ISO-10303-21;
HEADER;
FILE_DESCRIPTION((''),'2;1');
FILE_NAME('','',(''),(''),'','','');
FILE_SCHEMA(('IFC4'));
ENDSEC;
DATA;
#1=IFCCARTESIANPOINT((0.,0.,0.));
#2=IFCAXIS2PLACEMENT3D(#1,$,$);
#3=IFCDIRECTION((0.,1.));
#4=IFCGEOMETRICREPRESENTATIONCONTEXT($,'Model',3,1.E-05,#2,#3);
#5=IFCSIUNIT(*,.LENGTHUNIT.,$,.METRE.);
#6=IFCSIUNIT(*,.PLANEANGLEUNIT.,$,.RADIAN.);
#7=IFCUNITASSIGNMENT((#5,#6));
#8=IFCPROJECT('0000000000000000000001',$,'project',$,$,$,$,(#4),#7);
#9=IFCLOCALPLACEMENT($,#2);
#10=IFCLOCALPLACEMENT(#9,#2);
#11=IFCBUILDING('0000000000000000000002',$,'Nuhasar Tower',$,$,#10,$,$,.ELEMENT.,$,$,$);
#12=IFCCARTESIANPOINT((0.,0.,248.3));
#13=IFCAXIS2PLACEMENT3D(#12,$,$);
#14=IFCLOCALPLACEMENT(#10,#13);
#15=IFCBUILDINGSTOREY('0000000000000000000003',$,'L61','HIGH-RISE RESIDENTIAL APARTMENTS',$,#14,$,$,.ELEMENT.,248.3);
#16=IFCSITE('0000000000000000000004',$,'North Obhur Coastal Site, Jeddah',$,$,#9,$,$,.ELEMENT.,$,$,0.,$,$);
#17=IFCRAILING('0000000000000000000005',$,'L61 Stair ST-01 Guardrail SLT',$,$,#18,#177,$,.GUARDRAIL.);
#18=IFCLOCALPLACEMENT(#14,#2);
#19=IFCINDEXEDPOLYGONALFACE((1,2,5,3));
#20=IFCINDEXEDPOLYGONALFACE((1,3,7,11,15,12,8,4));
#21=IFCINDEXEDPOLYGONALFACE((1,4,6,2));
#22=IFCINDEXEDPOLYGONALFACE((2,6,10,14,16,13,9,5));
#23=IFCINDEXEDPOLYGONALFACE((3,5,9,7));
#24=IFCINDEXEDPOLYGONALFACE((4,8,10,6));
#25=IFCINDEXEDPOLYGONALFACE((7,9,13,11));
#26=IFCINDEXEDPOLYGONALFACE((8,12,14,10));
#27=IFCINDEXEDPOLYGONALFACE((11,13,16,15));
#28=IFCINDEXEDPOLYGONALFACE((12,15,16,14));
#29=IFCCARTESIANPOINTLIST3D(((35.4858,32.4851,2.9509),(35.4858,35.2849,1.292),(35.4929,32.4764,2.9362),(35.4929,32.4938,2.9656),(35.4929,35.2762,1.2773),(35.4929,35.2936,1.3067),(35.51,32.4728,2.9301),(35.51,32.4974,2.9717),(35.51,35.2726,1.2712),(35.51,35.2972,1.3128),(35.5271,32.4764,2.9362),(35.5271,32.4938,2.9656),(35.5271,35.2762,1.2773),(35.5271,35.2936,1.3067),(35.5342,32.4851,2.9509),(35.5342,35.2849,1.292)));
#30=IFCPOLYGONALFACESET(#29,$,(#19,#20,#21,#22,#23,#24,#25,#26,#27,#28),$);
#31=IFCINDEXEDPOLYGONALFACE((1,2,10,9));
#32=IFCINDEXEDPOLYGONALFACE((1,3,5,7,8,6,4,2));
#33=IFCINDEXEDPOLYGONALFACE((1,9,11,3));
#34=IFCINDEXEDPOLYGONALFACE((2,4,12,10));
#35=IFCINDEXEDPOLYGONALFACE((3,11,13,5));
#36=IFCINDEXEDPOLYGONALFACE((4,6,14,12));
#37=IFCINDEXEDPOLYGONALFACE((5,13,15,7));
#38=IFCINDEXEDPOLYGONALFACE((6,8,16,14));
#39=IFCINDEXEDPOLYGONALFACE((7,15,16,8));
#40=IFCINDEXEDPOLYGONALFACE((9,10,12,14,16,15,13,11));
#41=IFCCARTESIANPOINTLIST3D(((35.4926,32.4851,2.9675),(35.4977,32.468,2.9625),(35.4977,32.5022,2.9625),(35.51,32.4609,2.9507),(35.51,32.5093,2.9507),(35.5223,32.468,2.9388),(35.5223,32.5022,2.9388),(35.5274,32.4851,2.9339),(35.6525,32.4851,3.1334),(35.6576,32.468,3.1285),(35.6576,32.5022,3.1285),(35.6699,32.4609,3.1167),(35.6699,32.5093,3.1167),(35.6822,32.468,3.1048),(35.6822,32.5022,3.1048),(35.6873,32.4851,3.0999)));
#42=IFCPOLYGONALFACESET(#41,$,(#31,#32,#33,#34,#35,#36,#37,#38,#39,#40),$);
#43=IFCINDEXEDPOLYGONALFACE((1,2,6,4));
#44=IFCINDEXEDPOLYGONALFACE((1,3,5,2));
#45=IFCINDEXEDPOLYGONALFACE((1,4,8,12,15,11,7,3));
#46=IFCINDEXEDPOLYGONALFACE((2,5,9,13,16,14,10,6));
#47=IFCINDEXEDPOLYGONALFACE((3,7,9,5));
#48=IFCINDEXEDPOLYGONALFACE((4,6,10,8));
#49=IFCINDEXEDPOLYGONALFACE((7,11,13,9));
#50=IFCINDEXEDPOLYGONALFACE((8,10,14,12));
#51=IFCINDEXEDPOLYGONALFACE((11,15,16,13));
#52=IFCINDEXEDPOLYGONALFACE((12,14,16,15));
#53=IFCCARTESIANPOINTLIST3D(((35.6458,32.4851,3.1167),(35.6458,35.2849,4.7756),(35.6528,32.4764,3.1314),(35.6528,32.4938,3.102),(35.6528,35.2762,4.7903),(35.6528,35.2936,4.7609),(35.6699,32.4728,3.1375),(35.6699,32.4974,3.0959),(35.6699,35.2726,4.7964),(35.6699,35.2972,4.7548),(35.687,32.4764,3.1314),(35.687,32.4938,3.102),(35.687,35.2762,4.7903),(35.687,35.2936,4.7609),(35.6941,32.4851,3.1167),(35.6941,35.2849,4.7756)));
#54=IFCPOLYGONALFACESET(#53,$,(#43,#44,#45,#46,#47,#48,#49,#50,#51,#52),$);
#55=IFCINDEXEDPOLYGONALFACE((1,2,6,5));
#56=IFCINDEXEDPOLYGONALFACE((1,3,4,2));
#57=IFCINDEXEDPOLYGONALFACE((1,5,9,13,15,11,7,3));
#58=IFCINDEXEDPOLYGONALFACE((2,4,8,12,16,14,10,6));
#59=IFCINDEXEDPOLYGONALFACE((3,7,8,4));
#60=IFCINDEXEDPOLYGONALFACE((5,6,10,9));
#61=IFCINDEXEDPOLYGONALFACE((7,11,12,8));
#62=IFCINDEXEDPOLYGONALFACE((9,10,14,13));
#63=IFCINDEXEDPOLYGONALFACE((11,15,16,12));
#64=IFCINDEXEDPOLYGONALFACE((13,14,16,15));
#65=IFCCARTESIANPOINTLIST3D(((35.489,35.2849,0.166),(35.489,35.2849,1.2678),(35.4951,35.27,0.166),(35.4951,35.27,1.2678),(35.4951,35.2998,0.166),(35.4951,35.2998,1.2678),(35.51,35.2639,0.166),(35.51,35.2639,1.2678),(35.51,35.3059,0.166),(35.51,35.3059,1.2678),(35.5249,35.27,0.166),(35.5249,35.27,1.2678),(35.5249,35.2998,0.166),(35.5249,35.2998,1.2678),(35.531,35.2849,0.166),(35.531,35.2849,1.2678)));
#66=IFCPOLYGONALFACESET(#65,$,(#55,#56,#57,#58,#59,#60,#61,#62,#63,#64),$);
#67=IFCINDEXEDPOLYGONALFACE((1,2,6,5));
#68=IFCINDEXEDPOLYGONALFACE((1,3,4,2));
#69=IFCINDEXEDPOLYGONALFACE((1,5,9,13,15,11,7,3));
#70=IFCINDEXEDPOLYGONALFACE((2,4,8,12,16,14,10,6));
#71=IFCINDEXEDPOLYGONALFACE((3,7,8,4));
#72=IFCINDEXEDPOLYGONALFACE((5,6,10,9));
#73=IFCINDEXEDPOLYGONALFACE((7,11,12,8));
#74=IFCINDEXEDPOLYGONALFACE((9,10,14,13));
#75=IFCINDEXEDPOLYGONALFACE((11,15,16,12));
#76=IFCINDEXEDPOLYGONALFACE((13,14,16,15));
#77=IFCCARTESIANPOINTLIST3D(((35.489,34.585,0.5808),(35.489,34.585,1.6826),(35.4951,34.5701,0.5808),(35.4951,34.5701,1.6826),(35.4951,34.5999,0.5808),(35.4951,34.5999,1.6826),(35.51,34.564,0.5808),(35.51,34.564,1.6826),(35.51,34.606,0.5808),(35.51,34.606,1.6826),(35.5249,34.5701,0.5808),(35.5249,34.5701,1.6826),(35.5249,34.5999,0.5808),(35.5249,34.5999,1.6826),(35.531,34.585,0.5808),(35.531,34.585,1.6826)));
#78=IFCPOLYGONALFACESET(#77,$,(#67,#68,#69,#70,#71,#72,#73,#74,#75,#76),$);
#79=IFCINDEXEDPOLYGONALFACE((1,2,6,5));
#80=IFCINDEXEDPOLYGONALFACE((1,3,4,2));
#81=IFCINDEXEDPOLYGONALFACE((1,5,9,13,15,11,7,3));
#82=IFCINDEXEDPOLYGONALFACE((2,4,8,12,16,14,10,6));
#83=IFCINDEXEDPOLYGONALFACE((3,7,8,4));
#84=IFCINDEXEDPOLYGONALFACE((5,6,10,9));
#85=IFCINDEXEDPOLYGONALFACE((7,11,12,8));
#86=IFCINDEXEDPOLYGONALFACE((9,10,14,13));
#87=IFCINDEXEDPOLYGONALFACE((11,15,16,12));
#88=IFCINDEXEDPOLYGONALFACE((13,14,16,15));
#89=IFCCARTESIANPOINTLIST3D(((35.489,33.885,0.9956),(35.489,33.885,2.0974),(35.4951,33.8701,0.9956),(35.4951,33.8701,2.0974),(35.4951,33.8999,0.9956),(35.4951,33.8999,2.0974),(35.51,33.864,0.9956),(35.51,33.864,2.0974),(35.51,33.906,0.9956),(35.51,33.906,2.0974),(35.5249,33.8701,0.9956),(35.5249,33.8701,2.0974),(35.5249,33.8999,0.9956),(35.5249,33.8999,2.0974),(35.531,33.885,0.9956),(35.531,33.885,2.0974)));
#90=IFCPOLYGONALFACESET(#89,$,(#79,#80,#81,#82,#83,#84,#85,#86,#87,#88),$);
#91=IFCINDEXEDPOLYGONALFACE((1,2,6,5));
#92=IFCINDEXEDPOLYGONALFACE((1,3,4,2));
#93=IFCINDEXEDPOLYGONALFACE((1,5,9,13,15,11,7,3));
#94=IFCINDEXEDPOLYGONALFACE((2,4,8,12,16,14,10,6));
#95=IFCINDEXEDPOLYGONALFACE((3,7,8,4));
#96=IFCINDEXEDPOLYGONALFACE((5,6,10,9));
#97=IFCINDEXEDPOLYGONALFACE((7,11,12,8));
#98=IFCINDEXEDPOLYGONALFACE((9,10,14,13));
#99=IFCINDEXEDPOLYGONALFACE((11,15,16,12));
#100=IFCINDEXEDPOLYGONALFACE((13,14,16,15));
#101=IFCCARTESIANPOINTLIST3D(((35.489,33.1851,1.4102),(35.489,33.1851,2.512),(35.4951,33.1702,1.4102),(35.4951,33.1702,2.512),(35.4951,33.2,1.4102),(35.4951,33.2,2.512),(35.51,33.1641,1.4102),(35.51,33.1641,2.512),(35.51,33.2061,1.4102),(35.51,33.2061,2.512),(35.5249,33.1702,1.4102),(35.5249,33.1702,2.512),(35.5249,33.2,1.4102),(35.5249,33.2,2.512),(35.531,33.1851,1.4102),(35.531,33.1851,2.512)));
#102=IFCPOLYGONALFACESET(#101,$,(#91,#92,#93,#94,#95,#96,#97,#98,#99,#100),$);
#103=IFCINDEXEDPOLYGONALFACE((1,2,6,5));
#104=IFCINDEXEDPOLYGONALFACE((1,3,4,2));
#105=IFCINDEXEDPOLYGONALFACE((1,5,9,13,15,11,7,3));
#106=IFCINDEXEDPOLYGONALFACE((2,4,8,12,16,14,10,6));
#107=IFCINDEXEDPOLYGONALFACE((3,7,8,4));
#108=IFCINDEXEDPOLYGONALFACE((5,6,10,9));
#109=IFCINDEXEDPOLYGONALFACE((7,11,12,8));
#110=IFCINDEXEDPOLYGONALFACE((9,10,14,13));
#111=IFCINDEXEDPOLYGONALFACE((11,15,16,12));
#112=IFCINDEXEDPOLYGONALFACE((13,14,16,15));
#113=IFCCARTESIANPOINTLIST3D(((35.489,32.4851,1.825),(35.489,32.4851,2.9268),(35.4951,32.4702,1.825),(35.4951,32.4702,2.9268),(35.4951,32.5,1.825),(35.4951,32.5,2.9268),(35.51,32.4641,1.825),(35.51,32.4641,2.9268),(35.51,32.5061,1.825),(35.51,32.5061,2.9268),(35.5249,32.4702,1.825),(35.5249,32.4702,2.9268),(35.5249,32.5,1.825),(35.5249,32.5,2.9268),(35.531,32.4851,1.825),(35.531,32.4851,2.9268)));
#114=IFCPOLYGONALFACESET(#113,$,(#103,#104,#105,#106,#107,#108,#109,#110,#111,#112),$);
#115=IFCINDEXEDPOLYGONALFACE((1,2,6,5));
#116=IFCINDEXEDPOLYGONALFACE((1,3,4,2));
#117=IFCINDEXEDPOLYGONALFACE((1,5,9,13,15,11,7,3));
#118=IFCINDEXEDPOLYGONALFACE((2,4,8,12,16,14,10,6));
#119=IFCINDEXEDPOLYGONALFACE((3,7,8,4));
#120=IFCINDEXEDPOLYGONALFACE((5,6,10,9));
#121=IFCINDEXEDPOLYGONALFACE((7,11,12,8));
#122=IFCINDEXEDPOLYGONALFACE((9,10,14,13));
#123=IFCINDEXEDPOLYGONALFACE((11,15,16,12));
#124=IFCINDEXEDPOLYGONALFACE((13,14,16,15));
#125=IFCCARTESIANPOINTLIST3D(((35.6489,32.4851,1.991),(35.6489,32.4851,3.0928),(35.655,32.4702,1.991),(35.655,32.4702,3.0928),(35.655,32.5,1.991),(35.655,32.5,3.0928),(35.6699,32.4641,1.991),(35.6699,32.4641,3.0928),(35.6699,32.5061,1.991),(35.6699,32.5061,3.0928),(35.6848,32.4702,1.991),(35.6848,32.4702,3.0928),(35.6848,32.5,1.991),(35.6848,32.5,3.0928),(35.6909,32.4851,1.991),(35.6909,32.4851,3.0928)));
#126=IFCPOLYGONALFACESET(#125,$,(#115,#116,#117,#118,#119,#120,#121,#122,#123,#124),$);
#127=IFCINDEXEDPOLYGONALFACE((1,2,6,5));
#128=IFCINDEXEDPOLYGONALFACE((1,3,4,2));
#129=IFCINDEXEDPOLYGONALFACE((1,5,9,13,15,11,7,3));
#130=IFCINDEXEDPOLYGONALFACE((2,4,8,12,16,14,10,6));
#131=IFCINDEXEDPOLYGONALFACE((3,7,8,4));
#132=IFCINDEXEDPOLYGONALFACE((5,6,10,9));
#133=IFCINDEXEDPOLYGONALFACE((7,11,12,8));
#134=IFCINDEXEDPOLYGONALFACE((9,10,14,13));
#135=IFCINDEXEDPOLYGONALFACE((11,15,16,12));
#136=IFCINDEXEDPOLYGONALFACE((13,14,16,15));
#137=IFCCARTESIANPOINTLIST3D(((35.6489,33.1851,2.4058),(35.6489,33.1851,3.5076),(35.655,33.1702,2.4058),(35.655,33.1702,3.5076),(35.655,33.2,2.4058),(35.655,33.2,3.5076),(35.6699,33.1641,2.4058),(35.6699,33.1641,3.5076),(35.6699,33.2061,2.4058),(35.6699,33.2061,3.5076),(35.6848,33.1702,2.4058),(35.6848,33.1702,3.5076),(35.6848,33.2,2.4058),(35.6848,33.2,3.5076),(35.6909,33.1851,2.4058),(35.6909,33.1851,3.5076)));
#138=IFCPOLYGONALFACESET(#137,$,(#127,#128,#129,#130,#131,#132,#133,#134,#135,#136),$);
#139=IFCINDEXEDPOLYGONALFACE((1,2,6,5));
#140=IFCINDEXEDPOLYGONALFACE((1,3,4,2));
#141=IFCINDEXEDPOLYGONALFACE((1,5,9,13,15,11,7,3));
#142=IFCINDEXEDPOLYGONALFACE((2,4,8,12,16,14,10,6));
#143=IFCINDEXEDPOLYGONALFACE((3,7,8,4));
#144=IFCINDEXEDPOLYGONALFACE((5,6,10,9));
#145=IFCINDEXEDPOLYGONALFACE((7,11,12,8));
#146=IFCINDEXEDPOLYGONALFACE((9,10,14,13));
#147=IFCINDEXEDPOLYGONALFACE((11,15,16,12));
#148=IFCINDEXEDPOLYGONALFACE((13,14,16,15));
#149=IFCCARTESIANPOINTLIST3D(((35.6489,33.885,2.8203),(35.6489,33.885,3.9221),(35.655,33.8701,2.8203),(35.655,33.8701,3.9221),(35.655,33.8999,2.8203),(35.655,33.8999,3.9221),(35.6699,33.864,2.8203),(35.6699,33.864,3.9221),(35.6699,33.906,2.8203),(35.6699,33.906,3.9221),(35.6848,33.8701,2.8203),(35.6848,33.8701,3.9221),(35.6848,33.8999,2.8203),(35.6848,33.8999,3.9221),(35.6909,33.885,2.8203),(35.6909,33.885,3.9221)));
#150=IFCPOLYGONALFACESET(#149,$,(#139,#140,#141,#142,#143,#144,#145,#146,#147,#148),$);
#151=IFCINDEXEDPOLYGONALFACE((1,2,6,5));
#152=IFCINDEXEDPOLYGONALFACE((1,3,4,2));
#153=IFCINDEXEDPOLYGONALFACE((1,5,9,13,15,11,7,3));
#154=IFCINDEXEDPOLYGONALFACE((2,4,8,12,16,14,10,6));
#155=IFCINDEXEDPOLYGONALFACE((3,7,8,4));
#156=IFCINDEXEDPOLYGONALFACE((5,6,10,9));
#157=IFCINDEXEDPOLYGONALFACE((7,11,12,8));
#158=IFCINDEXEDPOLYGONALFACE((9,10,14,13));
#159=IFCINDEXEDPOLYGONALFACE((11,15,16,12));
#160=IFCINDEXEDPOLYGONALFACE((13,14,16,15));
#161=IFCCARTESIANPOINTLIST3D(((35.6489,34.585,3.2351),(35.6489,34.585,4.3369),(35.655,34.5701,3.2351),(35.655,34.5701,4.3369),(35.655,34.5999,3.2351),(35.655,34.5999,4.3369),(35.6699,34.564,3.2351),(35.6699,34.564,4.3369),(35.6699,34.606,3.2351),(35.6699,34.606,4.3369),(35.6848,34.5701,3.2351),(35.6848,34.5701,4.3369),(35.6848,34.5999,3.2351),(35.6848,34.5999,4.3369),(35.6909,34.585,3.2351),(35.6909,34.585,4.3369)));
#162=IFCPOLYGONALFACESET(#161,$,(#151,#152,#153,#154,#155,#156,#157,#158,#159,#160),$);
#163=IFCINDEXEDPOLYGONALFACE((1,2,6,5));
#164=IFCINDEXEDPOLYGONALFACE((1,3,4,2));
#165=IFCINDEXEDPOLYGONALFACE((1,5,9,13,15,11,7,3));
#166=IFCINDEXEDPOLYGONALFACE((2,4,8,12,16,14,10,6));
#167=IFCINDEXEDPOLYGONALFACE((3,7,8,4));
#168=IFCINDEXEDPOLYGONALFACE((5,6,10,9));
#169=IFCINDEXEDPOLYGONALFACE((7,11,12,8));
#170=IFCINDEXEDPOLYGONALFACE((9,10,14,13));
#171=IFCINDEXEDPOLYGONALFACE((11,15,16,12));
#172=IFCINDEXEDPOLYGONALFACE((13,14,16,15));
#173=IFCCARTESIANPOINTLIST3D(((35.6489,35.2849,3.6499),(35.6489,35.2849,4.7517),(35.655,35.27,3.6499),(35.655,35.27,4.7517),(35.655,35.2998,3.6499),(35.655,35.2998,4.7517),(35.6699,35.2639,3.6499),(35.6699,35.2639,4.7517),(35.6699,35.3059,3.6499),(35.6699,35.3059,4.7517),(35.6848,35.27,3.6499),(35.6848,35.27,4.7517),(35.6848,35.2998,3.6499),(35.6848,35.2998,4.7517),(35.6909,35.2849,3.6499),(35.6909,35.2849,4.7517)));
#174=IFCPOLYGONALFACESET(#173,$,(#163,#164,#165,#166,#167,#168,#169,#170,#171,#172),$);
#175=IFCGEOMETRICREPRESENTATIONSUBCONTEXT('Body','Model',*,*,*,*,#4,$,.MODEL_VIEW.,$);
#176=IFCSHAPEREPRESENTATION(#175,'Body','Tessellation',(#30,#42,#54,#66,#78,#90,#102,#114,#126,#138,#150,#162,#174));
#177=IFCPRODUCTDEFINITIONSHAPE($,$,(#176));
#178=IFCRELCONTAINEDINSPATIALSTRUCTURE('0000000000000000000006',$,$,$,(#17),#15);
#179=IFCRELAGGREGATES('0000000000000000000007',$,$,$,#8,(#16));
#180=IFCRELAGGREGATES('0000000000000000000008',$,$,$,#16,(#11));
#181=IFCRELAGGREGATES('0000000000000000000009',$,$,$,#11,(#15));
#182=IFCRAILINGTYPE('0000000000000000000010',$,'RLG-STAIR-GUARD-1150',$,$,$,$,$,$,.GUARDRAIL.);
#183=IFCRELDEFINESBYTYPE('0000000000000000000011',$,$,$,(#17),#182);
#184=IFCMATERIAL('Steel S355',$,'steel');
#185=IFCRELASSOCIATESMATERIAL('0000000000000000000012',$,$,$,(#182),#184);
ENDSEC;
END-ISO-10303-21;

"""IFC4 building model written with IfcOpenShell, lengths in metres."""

from ifc_helpers import new_model, si_unit, direction, frame, origin, place, context, subcontext, project, spatial, polyline, outline, extrude, material, type_object, element, save


model = new_model("IFC4")

# Units and contexts
model_context = context("Model", 3, precision=1e-05, world=origin(), true_north=direction((0.0, 1.0)))
body_context = subcontext(model_context, "Body", "Model", "MODEL_VIEW")
ifc_project = project(units=[si_unit("LENGTHUNIT", "METRE"), si_unit("PLANEANGLEUNIT", "RADIAN")], contexts=[model_context])

# Site, building, storey
site_placement = place(None, origin())
site = spatial("IfcSite", under=ifc_project, at=site_placement, Name="North Obhur Coastal Site, Jeddah", CompositionType="ELEMENT", RefElevation=0.0)
building_placement = place(site_placement, origin())
building = spatial("IfcBuilding", under=site, at=building_placement, Name="Nuhasar Tower", CompositionType="ELEMENT")
storey_placement = place(building_placement, frame((0.0, 0.0, 248.3)))
storey = spatial("IfcBuildingStorey", under=building, at=storey_placement, Name="L61", Description="HIGH-RISE RESIDENTIAL APARTMENTS", CompositionType="ELEMENT", Elevation=248.3)

# Shared definitions
ifc_material_1 = material(Name="Steel S355", Category="steel")

# Railing
railing_type_1 = type_object("IfcRailingType", Name="RLG-STAIR-GUARD-1150", PredefinedType="GUARDRAIL", material=ifc_material_1)
railing_1_placement = place(storey_placement, frame((35.51, 35.2849, 0.166)))
element("IfcRailing", 1, at=railing_1_placement, inside=storey, type_object=railing_type_1, Name="L61 Stair ST-01 Guardrail SLT", PredefinedType="GUARDRAIL", context=body_context, shape_type="SweptSolid", body=[
    extrude(outline(polyline([(0.0242, 0.0), (0.0171, 0.0171), (0.0, 0.0242), (-0.0171, 0.0171), (-0.0242, 0.0), (-0.0171, -0.0171), (0.0, -0.0242), (0.0171, -0.0171), (0.0242, 0.0)])), frame((0.0, 0.0, 1.126), z_axis=(0.0, -0.86032, 0.509755), x_axis=(1.0, 0.0, 0.0)), (0.0, 0.0, 1.0), 3.2544),
    extrude(outline(polyline([(0.0242, 0.0), (0.0171, 0.0171), (0.0, 0.0242), (-0.0171, 0.0171), (-0.0242, 0.0), (-0.0171, -0.0171), (0.0, -0.0242), (0.0171, -0.0171), (0.0242, 0.0)])), frame((0.0, -2.7998, 2.7847), z_axis=(0.693743, 0.0, 0.720222), x_axis=(0.0, 1.0, 0.0)), (0.0, 0.0, 1.0), 0.2305),
    extrude(outline(polyline([(0.0242, 0.0), (0.0171, 0.0171), (0.0, 0.0242), (-0.0171, 0.0171), (-0.0242, 0.0), (-0.0171, -0.0171), (0.0, -0.0242), (0.0171, -0.0171), (0.0242, 0.0)])), frame((0.1599, -2.7998, 2.9507), z_axis=(0.0, 0.86032, 0.509755), x_axis=(-1.0, 0.0, 0.0)), (0.0, 0.0, 1.0), 3.2544),
    extrude(outline(polyline([(0.021, 0.0), (0.0149, 0.0149), (0.0, 0.021), (-0.0149, 0.0149), (-0.021, 0.0), (-0.0149, -0.0149), (0.0, -0.021), (0.0149, -0.0149), (0.021, 0.0)])), origin(), (0.0, 0.0, 1.0), 1.1018),
    extrude(outline(polyline([(0.021, 0.0), (0.0149, 0.0149), (0.0, 0.021), (-0.0149, 0.0149), (-0.021, 0.0), (-0.0149, -0.0149), (0.0, -0.021), (0.0149, -0.0149), (0.021, 0.0)])), frame((0.0, -0.7, 0.4148)), (0.0, 0.0, 1.0), 1.1018),
    extrude(outline(polyline([(0.021, 0.0), (0.0149, 0.0149), (0.0, 0.021), (-0.0149, 0.0149), (-0.021, 0.0), (-0.0149, -0.0149), (0.0, -0.021), (0.0149, -0.0149), (0.021, 0.0)])), frame((0.0, -1.3999, 0.8296)), (0.0, 0.0, 1.0), 1.1018),
    extrude(outline(polyline([(0.021, 0.0), (0.0149, 0.0149), (0.0, 0.021), (-0.0149, 0.0149), (-0.021, 0.0), (-0.0149, -0.0149), (0.0, -0.021), (0.0149, -0.0149), (0.021, 0.0)])), frame((0.0, -2.0999, 1.2441)), (0.0, 0.0, 1.0), 1.1018),
    extrude(outline(polyline([(0.021, 0.0), (0.0149, 0.0149), (0.0, 0.021), (-0.0149, 0.0149), (-0.021, 0.0), (-0.0149, -0.0149), (0.0, -0.021), (0.0149, -0.0149), (0.021, 0.0)])), frame((0.0, -2.7998, 1.6589)), (0.0, 0.0, 1.0), 1.1018),
    extrude(outline(polyline([(0.021, 0.0), (0.0149, 0.0149), (0.0, 0.021), (-0.0149, 0.0149), (-0.021, 0.0), (-0.0149, -0.0149), (0.0, -0.021), (0.0149, -0.0149), (0.021, 0.0)])), frame((0.1599, -2.7998, 1.825)), (0.0, 0.0, 1.0), 1.1018),
    extrude(outline(polyline([(0.021, 0.0), (0.0149, 0.0149), (0.0, 0.021), (-0.0149, 0.0149), (-0.021, 0.0), (-0.0149, -0.0149), (0.0, -0.021), (0.0149, -0.0149), (0.021, 0.0)])), frame((0.1599, -2.0999, 2.2397)), (0.0, 0.0, 1.0), 1.1018),
    extrude(outline(polyline([(0.021, 0.0), (0.0149, 0.0149), (0.0, 0.021), (-0.0149, 0.0149), (-0.021, 0.0), (-0.0149, -0.0149), (0.0, -0.021), (0.0149, -0.0149), (0.021, 0.0)])), frame((0.1599, -1.3999, 2.6543)), (0.0, 0.0, 1.0), 1.1018),
    extrude(outline(polyline([(0.021, 0.0), (0.0149, 0.0149), (0.0, 0.021), (-0.0149, 0.0149), (-0.021, 0.0), (-0.0149, -0.0149), (0.0, -0.021), (0.0149, -0.0149), (0.021, 0.0)])), frame((0.1599, -0.7, 3.0691)), (0.0, 0.0, 1.0), 1.1018),
    extrude(outline(polyline([(0.021, 0.0), (0.0149, 0.0149), (0.0, 0.021), (-0.0149, 0.0149), (-0.021, 0.0), (-0.0149, -0.0149), (0.0, -0.021), (0.0149, -0.0149), (0.021, 0.0)])), frame((0.1599, 0.0, 3.4839)), (0.0, 0.0, 1.0), 1.1018),
])

save(model, "model.ifc")
